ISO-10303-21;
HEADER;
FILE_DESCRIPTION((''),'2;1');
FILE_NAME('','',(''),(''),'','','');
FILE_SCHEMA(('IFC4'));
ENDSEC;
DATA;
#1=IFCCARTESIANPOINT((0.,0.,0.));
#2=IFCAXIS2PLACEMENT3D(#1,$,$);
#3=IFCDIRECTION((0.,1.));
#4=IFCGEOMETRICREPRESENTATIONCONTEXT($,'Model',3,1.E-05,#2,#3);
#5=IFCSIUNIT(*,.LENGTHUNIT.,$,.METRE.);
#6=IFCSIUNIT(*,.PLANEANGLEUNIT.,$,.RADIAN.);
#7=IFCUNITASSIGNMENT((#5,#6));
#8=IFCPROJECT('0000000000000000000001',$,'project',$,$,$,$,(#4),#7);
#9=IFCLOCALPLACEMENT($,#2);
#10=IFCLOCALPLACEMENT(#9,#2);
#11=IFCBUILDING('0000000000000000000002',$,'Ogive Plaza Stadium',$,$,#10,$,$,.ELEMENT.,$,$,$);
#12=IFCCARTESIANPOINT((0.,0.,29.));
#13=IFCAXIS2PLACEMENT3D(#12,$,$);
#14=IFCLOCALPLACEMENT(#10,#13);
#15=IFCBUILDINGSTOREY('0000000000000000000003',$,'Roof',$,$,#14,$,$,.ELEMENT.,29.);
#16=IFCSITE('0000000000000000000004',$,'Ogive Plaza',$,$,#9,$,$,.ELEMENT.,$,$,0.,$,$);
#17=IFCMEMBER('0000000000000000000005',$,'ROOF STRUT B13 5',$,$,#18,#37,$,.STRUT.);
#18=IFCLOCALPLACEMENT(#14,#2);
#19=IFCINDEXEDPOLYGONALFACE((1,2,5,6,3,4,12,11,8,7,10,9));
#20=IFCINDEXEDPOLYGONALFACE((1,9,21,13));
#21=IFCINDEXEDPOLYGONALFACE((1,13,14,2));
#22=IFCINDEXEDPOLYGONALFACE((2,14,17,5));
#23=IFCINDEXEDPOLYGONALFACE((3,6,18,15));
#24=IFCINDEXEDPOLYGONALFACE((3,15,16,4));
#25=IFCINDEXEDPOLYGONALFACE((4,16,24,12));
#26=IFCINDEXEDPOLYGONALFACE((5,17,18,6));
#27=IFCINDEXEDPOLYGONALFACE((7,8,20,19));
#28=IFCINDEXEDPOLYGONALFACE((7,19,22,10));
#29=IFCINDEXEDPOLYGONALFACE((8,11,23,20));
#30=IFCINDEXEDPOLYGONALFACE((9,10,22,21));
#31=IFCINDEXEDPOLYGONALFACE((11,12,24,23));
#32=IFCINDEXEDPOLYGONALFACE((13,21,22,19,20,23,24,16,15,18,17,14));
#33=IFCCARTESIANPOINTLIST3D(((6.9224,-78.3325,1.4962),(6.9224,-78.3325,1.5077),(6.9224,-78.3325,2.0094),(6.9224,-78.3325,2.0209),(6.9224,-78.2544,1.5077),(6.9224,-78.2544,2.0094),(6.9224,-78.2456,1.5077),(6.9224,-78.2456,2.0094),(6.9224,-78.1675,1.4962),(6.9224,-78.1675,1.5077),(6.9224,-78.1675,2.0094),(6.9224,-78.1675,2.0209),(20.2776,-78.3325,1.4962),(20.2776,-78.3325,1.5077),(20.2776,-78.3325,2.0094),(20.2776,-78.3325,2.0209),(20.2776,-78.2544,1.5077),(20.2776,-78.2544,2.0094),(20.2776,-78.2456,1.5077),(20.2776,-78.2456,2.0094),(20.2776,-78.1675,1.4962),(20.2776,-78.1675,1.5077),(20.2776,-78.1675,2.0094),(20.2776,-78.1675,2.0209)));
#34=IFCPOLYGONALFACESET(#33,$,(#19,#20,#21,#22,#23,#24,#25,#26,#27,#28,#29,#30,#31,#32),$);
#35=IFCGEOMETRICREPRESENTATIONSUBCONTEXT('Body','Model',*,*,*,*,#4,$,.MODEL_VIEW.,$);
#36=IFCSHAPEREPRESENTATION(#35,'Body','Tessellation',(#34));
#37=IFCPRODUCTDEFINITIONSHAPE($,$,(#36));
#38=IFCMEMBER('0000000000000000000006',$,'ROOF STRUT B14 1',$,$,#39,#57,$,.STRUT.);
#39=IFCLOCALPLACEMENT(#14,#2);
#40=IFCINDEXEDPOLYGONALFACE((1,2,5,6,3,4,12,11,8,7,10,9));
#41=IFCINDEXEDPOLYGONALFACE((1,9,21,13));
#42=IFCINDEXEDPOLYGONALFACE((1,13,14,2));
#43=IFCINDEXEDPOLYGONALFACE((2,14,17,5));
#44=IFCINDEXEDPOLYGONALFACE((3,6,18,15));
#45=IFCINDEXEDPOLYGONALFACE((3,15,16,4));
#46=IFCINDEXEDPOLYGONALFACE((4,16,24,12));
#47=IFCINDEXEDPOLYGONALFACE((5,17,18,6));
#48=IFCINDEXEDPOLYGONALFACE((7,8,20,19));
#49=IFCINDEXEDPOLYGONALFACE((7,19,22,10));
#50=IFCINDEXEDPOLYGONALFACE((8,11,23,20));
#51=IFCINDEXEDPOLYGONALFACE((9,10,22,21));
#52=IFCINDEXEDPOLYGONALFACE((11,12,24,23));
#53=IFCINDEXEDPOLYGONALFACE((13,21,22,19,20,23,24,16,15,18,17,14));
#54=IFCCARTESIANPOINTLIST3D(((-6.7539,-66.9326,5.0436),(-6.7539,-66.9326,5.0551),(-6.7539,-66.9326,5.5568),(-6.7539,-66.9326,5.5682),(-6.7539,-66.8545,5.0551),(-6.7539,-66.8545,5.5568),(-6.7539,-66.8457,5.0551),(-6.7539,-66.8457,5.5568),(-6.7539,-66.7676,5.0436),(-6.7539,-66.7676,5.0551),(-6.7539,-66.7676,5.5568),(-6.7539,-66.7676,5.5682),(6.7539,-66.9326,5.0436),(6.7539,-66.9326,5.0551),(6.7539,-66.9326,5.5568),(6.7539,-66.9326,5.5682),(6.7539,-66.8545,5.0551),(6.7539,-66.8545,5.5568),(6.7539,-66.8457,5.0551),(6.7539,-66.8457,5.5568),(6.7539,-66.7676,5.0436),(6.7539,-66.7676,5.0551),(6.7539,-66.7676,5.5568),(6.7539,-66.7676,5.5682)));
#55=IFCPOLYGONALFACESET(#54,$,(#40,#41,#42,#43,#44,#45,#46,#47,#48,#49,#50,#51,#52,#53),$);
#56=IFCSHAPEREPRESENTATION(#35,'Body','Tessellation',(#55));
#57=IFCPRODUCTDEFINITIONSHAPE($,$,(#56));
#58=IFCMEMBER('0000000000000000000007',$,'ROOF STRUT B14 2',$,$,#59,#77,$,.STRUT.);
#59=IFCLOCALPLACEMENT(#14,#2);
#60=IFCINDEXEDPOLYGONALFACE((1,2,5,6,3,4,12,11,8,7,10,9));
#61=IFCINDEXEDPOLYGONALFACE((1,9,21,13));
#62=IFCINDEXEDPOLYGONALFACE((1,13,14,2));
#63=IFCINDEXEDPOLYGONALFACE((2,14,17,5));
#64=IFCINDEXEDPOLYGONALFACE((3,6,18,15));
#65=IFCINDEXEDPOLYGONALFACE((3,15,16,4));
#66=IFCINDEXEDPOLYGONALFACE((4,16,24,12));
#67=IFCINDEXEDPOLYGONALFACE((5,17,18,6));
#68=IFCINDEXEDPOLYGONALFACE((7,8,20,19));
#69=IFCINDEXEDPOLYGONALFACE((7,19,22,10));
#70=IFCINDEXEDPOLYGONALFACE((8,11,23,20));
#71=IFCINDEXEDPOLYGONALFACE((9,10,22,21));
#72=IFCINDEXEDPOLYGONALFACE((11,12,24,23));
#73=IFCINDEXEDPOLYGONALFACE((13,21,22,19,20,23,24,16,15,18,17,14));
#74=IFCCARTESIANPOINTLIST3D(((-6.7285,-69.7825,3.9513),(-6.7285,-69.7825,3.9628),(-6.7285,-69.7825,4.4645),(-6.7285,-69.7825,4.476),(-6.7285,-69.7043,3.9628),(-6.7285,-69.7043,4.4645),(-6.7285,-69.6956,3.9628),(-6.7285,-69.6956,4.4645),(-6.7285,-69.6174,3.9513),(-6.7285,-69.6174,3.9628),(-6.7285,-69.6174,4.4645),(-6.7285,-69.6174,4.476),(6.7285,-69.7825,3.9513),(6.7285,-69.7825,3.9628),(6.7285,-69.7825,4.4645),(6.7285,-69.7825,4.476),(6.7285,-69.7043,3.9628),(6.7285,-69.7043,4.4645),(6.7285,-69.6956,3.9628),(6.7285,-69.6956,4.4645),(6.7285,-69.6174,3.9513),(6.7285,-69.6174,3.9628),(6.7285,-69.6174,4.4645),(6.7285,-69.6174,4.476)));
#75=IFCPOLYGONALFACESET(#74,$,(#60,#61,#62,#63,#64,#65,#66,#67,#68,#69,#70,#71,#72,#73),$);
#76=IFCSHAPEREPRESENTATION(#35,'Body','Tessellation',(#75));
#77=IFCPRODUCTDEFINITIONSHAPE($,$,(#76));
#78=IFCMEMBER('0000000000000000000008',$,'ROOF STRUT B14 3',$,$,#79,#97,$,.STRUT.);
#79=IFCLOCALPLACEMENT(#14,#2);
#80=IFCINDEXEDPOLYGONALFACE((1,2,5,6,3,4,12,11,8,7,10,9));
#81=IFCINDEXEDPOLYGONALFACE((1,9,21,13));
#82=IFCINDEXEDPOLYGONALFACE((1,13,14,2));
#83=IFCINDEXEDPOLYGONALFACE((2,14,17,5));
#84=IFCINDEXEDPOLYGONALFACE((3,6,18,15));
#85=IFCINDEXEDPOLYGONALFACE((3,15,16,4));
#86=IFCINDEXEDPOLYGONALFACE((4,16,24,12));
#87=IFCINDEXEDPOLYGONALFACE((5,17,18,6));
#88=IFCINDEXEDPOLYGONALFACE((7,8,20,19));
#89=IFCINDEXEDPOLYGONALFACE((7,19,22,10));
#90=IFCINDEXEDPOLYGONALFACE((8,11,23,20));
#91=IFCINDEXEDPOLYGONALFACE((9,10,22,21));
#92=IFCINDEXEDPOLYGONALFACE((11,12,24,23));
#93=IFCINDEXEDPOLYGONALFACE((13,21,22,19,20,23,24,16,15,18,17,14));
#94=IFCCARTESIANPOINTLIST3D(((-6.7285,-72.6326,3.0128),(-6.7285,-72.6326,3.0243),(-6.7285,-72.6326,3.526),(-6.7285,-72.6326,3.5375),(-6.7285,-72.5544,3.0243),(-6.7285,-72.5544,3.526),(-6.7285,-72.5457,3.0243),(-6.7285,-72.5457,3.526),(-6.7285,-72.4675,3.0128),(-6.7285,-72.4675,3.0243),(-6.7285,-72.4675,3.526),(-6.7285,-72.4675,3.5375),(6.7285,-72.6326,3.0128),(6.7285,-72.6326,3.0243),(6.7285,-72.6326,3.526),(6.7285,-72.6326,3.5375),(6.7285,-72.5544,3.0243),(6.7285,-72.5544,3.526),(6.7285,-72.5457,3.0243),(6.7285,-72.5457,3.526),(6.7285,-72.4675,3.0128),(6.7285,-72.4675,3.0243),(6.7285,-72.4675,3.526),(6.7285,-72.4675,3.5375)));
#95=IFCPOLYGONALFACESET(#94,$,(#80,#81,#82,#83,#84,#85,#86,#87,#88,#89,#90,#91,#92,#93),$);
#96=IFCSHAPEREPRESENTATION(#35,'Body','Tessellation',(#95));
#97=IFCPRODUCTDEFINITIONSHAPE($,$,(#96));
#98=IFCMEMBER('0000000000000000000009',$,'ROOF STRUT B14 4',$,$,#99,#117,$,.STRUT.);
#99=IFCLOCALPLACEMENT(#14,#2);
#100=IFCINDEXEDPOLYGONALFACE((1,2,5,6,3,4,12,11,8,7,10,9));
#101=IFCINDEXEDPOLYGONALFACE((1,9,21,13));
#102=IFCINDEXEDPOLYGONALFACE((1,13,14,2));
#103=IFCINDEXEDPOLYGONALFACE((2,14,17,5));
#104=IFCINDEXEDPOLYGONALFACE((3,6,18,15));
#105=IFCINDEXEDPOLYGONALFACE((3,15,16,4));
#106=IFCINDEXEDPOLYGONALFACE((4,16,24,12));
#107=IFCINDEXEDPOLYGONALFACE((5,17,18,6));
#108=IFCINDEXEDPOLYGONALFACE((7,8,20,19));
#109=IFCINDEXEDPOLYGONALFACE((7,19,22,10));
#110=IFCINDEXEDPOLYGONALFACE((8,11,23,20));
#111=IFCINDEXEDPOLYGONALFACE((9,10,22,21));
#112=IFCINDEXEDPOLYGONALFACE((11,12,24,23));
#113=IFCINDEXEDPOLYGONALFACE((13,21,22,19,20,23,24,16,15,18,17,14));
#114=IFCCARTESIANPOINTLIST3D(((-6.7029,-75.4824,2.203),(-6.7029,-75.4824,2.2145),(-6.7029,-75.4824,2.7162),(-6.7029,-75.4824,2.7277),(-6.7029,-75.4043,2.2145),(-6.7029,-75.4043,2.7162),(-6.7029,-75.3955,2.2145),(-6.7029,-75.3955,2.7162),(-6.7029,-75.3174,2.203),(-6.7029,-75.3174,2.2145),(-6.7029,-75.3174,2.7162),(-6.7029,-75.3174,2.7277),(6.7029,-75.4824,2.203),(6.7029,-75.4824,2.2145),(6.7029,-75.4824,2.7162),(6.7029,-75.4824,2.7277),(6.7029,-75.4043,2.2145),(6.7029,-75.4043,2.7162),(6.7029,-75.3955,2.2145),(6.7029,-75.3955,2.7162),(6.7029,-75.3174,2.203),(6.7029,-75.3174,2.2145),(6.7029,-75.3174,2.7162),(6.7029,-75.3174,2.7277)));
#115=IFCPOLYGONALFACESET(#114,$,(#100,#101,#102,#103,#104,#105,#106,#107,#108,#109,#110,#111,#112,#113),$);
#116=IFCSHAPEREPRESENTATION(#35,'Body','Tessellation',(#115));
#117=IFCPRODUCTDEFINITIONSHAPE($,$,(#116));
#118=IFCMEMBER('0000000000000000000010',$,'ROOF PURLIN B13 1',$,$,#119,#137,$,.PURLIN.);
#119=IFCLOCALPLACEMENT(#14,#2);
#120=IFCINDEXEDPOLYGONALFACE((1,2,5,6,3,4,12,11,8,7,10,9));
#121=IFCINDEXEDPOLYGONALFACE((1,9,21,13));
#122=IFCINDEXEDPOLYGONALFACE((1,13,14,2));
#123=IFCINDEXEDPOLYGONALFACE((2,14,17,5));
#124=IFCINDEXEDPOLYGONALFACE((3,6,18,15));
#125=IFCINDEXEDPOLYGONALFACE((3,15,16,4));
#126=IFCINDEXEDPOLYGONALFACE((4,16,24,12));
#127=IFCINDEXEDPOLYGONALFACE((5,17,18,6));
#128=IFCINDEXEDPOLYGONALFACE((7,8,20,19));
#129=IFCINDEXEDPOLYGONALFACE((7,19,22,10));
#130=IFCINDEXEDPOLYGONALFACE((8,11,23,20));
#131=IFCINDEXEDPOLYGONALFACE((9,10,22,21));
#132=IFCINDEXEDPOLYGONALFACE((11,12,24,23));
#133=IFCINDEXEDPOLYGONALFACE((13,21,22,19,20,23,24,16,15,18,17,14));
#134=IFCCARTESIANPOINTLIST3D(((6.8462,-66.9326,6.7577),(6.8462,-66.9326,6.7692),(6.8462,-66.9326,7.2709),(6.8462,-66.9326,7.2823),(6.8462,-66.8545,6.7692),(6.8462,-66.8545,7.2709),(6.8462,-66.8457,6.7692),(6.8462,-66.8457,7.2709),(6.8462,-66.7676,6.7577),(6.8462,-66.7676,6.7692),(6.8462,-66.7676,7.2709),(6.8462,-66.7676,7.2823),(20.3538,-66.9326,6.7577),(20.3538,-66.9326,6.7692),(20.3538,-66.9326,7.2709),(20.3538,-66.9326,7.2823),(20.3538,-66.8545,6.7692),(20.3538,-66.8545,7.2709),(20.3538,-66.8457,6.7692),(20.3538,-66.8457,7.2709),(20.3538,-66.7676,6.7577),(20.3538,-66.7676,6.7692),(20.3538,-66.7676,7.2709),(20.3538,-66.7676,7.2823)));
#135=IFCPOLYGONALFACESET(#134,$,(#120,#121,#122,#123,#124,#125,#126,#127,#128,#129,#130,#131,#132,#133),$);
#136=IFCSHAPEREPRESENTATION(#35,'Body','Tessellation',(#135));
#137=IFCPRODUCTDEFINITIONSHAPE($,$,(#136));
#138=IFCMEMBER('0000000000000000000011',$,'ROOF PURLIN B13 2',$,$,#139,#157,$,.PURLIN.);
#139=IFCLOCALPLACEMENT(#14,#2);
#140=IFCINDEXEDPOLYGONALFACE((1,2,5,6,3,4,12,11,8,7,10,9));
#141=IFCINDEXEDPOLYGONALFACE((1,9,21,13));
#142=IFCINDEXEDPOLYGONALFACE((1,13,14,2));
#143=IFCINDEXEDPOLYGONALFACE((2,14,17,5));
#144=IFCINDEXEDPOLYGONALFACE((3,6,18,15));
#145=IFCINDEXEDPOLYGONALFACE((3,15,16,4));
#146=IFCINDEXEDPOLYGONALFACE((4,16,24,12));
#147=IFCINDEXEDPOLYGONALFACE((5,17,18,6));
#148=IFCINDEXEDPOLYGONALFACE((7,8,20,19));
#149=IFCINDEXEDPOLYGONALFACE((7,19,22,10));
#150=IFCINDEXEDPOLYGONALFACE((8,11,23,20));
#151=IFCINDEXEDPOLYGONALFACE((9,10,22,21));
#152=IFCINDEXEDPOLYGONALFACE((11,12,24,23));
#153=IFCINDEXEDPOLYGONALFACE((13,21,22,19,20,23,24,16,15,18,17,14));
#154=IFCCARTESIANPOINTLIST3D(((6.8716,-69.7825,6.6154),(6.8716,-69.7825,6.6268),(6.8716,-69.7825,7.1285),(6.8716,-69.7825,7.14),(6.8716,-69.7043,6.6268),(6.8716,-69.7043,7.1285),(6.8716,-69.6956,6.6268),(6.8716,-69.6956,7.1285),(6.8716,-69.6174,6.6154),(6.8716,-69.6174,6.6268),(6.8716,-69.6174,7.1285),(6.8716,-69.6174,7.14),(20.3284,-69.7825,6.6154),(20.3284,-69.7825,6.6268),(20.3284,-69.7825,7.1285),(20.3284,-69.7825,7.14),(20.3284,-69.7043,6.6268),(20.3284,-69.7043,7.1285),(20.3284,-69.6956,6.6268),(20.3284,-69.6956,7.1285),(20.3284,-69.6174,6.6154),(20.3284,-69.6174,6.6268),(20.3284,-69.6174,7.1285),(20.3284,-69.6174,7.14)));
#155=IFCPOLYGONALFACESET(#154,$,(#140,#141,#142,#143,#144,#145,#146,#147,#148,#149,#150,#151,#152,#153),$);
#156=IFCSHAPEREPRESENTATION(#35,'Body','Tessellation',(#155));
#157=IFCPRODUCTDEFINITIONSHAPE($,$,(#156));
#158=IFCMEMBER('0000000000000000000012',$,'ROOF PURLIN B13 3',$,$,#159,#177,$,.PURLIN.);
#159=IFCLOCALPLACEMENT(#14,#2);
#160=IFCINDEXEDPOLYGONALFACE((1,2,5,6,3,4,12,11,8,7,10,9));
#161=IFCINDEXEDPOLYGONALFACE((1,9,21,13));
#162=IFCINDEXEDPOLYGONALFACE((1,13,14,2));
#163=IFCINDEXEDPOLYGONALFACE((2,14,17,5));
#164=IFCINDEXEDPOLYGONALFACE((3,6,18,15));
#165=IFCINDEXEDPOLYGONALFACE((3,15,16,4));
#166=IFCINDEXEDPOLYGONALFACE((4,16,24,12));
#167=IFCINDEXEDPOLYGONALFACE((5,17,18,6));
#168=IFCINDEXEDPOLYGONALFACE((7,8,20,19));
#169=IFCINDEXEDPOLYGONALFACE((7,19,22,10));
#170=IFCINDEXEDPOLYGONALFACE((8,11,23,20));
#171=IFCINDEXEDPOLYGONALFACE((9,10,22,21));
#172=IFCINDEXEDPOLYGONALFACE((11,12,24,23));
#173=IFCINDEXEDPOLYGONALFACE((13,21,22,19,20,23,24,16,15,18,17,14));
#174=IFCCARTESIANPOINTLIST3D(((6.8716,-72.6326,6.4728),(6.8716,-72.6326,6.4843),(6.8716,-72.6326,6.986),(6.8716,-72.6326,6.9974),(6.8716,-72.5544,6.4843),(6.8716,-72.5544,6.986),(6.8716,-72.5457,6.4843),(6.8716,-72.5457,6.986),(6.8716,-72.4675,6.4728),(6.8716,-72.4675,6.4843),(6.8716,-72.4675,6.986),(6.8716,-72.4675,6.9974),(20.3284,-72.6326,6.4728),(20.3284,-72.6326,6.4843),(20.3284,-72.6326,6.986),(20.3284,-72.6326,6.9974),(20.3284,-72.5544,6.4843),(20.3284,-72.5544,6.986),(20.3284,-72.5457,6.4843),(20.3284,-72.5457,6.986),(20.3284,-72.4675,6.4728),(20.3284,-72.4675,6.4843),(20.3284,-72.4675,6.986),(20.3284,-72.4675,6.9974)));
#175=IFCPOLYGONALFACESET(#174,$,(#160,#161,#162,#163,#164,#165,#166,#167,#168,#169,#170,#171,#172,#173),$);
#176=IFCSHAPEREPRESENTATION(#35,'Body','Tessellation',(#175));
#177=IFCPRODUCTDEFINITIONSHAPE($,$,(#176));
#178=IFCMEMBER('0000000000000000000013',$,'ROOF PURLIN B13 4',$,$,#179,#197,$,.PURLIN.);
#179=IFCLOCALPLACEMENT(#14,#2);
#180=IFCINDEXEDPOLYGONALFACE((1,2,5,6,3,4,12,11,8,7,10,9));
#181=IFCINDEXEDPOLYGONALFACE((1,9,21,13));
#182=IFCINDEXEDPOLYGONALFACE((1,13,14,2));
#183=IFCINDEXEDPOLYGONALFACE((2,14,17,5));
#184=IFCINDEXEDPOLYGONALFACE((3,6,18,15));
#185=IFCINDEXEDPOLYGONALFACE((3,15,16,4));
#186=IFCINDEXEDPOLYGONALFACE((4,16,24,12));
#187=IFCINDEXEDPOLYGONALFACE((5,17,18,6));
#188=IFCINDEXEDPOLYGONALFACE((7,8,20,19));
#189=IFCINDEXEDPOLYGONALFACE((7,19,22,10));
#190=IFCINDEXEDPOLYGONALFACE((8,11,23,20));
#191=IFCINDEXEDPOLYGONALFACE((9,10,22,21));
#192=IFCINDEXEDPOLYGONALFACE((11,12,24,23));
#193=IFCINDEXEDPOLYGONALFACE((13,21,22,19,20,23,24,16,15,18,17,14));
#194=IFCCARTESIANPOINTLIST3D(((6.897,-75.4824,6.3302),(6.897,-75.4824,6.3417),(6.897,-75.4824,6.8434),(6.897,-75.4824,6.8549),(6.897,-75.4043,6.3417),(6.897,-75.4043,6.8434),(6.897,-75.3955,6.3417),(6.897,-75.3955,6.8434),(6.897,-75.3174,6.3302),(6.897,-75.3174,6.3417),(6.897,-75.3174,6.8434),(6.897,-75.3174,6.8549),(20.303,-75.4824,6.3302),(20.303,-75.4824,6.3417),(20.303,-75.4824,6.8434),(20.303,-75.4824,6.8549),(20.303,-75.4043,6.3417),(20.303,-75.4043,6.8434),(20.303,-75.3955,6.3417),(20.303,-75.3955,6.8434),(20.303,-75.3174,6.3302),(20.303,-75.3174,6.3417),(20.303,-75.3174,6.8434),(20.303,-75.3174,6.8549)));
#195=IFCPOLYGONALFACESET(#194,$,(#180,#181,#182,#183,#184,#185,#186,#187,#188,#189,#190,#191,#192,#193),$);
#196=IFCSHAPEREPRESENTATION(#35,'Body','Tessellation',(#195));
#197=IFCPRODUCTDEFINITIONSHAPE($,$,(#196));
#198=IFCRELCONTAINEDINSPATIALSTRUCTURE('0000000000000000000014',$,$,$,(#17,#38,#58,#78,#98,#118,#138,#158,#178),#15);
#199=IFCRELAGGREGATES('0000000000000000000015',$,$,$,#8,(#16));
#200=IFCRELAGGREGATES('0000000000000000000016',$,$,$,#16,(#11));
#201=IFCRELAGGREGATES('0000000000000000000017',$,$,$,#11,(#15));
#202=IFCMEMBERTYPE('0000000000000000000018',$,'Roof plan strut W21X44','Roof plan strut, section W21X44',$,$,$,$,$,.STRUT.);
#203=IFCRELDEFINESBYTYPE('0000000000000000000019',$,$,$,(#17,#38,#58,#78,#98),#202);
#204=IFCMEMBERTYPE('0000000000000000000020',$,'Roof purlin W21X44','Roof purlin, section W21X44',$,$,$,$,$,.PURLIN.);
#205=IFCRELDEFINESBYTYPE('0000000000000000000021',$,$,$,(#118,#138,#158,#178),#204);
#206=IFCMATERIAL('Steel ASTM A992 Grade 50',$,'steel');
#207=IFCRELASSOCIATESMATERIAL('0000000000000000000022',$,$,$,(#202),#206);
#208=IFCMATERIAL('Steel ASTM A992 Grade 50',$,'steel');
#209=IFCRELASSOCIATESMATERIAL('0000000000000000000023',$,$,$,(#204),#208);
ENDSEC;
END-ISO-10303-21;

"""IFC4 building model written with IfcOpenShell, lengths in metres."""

from ifc_helpers import new_model, si_unit, direction, frame, origin, origin_2d, place, context, subcontext, project, spatial, i_section, extrude, material, material_profile, profile_set, type_object, element, save


model = new_model("IFC4")

# Units and contexts
model_context = context("Model", 3, precision=1e-05, world=origin(), true_north=direction((0.0, 1.0)))
body_context = subcontext(model_context, "Body", "Model", "MODEL_VIEW")
ifc_project = project(units=[si_unit("LENGTHUNIT", "METRE"), si_unit("PLANEANGLEUNIT", "RADIAN")], contexts=[model_context])

# Site, building, storey
site_placement = place(None, origin())
site = spatial("IfcSite", under=ifc_project, at=site_placement, Name="Ogive Plaza", CompositionType="ELEMENT", RefElevation=0.0)
building_placement = place(site_placement, origin())
building = spatial("IfcBuilding", under=site, at=building_placement, Name="Ogive Plaza Stadium", CompositionType="ELEMENT")
storey_placement = place(building_placement, frame((0.0, 0.0, 29.0)))
storey = spatial("IfcBuildingStorey", under=building, at=storey_placement, Name="Roof", CompositionType="ELEMENT", Elevation=29.0)

# Members
ifc_material_1 = material(Name="Steel ASTM A992 Grade 50", Category="steel")
ifc_material_profile_1 = material_profile(ifc_material_1, i_section(OverallWidth=0.165, OverallDepth=0.5247, WebThickness=0.0088, FlangeThickness=0.0115, at=origin_2d()), Name="W21X44")
ifc_profile_set_1 = profile_set([ifc_material_profile_1], Name="Steel ASTM A992 Grade 50")
member_type_1 = type_object("IfcMemberType", Name="Roof plan strut W21X44", Description="Roof plan strut, section W21X44", PredefinedType="STRUT", material=ifc_profile_set_1)
member_1_placement = place(storey_placement, frame((20.2776, -78.25, 1.7585), z_axis=(-1.0, 0.0, 0.0), x_axis=(0.0, -1.0, 0.0)))
element("IfcMember", 1, at=member_1_placement, inside=storey, type_object=member_type_1, Name="ROOF STRUT B13 5", PredefinedType="STRUT", context=body_context, shape_type="SweptSolid", body=[
    extrude(i_section(OverallWidth=0.165, OverallDepth=0.5247, WebThickness=0.0088, FlangeThickness=0.0115, at=origin_2d()), origin(), (0.0, 0.0, 1.0), 13.3552),
])
member_2_placement = place(storey_placement, frame((6.7539, -66.8501, 5.3059), z_axis=(-1.0, 0.0, 0.0), x_axis=(0.0, -1.0, 0.0)))
element("IfcMember", 2, at=member_2_placement, inside=storey, type_object=member_type_1, Name="ROOF STRUT B14 1", PredefinedType="STRUT", context=body_context, shape_type="SweptSolid", body=[
    extrude(i_section(OverallWidth=0.165, OverallDepth=0.5247, WebThickness=0.0088, FlangeThickness=0.0115, at=origin_2d()), origin(), (0.0, 0.0, 1.0), 13.5078),
])
for number, where, z_axis, x_axis, name in (
    (3, (6.7285, -69.7, 4.2136), (-1.0, 0.0, 0.0), (0.0, -1.0, 0.0), "ROOF STRUT B14 2"),
    (4, (6.7285, -72.55, 3.2751), (-1.0, 0.0, 0.0), (0.0, -1.0, 0.0), "ROOF STRUT B14 3"),
):
    element("IfcMember", number, at=place(storey_placement, frame(where, z_axis=z_axis, x_axis=x_axis)), inside=storey, type_object=member_type_1, Name=name, PredefinedType="STRUT", context=body_context, shape_type="SweptSolid", body=[
        extrude(i_section(OverallWidth=0.165, OverallDepth=0.5247, WebThickness=0.0088, FlangeThickness=0.0115, at=origin_2d()), origin(), (0.0, 0.0, 1.0), 13.457),
    ])
member_3_placement = place(storey_placement, frame((6.7029, -75.3999, 2.4653), z_axis=(-1.0, 0.0, 0.0), x_axis=(0.0, -1.0, 0.0)))
element("IfcMember", 5, at=member_3_placement, inside=storey, type_object=member_type_1, Name="ROOF STRUT B14 4", PredefinedType="STRUT", context=body_context, shape_type="SweptSolid", body=[
    extrude(i_section(OverallWidth=0.165, OverallDepth=0.5247, WebThickness=0.0088, FlangeThickness=0.0115, at=origin_2d()), origin(), (0.0, 0.0, 1.0), 13.4058),
])
ifc_material_2 = material(Name="Steel ASTM A992 Grade 50", Category="steel")
ifc_material_profile_2 = material_profile(ifc_material_2, i_section(OverallWidth=0.165, OverallDepth=0.5247, WebThickness=0.0088, FlangeThickness=0.0115, at=origin_2d()), Name="W21X44")
ifc_profile_set_2 = profile_set([ifc_material_profile_2], Name="Steel ASTM A992 Grade 50")
member_type_2 = type_object("IfcMemberType", Name="Roof purlin W21X44", Description="Roof purlin, section W21X44", PredefinedType="PURLIN", material=ifc_profile_set_2)
member_4_placement = place(storey_placement, frame((20.3538, -66.8501, 7.02), z_axis=(-1.0, 0.0, 0.0), x_axis=(0.0, -1.0, 0.0)))
element("IfcMember", 6, at=member_4_placement, inside=storey, type_object=member_type_2, Name="ROOF PURLIN B13 1", PredefinedType="PURLIN", context=body_context, shape_type="SweptSolid", body=[
    extrude(i_section(OverallWidth=0.165, OverallDepth=0.5247, WebThickness=0.0088, FlangeThickness=0.0115, at=origin_2d()), origin(), (0.0, 0.0, 1.0), 13.5076),
])
for number, where, z_axis, x_axis, name in (
    (7, (20.3284, -69.7, 6.8777), (-1.0, 0.0, 0.0), (0.0, -1.0, 0.0), "ROOF PURLIN B13 2"),
    (8, (20.3284, -72.55, 6.7351), (-1.0, 0.0, 0.0), (0.0, -1.0, 0.0), "ROOF PURLIN B13 3"),
):
    element("IfcMember", number, at=place(storey_placement, frame(where, z_axis=z_axis, x_axis=x_axis)), inside=storey, type_object=member_type_2, Name=name, PredefinedType="PURLIN", context=body_context, shape_type="SweptSolid", body=[
        extrude(i_section(OverallWidth=0.165, OverallDepth=0.5247, WebThickness=0.0088, FlangeThickness=0.0115, at=origin_2d()), origin(), (0.0, 0.0, 1.0), 13.4568),
    ])
member_5_placement = place(storey_placement, frame((20.303, -75.3999, 6.5925), z_axis=(-1.0, 0.0, 0.0), x_axis=(0.0, -1.0, 0.0)))
element("IfcMember", 9, at=member_5_placement, inside=storey, type_object=member_type_2, Name="ROOF PURLIN B13 4", PredefinedType="PURLIN", context=body_context, shape_type="SweptSolid", body=[
    extrude(i_section(OverallWidth=0.165, OverallDepth=0.5247, WebThickness=0.0088, FlangeThickness=0.0115, at=origin_2d()), origin(), (0.0, 0.0, 1.0), 13.406),
])

save(model, "model.ifc")
